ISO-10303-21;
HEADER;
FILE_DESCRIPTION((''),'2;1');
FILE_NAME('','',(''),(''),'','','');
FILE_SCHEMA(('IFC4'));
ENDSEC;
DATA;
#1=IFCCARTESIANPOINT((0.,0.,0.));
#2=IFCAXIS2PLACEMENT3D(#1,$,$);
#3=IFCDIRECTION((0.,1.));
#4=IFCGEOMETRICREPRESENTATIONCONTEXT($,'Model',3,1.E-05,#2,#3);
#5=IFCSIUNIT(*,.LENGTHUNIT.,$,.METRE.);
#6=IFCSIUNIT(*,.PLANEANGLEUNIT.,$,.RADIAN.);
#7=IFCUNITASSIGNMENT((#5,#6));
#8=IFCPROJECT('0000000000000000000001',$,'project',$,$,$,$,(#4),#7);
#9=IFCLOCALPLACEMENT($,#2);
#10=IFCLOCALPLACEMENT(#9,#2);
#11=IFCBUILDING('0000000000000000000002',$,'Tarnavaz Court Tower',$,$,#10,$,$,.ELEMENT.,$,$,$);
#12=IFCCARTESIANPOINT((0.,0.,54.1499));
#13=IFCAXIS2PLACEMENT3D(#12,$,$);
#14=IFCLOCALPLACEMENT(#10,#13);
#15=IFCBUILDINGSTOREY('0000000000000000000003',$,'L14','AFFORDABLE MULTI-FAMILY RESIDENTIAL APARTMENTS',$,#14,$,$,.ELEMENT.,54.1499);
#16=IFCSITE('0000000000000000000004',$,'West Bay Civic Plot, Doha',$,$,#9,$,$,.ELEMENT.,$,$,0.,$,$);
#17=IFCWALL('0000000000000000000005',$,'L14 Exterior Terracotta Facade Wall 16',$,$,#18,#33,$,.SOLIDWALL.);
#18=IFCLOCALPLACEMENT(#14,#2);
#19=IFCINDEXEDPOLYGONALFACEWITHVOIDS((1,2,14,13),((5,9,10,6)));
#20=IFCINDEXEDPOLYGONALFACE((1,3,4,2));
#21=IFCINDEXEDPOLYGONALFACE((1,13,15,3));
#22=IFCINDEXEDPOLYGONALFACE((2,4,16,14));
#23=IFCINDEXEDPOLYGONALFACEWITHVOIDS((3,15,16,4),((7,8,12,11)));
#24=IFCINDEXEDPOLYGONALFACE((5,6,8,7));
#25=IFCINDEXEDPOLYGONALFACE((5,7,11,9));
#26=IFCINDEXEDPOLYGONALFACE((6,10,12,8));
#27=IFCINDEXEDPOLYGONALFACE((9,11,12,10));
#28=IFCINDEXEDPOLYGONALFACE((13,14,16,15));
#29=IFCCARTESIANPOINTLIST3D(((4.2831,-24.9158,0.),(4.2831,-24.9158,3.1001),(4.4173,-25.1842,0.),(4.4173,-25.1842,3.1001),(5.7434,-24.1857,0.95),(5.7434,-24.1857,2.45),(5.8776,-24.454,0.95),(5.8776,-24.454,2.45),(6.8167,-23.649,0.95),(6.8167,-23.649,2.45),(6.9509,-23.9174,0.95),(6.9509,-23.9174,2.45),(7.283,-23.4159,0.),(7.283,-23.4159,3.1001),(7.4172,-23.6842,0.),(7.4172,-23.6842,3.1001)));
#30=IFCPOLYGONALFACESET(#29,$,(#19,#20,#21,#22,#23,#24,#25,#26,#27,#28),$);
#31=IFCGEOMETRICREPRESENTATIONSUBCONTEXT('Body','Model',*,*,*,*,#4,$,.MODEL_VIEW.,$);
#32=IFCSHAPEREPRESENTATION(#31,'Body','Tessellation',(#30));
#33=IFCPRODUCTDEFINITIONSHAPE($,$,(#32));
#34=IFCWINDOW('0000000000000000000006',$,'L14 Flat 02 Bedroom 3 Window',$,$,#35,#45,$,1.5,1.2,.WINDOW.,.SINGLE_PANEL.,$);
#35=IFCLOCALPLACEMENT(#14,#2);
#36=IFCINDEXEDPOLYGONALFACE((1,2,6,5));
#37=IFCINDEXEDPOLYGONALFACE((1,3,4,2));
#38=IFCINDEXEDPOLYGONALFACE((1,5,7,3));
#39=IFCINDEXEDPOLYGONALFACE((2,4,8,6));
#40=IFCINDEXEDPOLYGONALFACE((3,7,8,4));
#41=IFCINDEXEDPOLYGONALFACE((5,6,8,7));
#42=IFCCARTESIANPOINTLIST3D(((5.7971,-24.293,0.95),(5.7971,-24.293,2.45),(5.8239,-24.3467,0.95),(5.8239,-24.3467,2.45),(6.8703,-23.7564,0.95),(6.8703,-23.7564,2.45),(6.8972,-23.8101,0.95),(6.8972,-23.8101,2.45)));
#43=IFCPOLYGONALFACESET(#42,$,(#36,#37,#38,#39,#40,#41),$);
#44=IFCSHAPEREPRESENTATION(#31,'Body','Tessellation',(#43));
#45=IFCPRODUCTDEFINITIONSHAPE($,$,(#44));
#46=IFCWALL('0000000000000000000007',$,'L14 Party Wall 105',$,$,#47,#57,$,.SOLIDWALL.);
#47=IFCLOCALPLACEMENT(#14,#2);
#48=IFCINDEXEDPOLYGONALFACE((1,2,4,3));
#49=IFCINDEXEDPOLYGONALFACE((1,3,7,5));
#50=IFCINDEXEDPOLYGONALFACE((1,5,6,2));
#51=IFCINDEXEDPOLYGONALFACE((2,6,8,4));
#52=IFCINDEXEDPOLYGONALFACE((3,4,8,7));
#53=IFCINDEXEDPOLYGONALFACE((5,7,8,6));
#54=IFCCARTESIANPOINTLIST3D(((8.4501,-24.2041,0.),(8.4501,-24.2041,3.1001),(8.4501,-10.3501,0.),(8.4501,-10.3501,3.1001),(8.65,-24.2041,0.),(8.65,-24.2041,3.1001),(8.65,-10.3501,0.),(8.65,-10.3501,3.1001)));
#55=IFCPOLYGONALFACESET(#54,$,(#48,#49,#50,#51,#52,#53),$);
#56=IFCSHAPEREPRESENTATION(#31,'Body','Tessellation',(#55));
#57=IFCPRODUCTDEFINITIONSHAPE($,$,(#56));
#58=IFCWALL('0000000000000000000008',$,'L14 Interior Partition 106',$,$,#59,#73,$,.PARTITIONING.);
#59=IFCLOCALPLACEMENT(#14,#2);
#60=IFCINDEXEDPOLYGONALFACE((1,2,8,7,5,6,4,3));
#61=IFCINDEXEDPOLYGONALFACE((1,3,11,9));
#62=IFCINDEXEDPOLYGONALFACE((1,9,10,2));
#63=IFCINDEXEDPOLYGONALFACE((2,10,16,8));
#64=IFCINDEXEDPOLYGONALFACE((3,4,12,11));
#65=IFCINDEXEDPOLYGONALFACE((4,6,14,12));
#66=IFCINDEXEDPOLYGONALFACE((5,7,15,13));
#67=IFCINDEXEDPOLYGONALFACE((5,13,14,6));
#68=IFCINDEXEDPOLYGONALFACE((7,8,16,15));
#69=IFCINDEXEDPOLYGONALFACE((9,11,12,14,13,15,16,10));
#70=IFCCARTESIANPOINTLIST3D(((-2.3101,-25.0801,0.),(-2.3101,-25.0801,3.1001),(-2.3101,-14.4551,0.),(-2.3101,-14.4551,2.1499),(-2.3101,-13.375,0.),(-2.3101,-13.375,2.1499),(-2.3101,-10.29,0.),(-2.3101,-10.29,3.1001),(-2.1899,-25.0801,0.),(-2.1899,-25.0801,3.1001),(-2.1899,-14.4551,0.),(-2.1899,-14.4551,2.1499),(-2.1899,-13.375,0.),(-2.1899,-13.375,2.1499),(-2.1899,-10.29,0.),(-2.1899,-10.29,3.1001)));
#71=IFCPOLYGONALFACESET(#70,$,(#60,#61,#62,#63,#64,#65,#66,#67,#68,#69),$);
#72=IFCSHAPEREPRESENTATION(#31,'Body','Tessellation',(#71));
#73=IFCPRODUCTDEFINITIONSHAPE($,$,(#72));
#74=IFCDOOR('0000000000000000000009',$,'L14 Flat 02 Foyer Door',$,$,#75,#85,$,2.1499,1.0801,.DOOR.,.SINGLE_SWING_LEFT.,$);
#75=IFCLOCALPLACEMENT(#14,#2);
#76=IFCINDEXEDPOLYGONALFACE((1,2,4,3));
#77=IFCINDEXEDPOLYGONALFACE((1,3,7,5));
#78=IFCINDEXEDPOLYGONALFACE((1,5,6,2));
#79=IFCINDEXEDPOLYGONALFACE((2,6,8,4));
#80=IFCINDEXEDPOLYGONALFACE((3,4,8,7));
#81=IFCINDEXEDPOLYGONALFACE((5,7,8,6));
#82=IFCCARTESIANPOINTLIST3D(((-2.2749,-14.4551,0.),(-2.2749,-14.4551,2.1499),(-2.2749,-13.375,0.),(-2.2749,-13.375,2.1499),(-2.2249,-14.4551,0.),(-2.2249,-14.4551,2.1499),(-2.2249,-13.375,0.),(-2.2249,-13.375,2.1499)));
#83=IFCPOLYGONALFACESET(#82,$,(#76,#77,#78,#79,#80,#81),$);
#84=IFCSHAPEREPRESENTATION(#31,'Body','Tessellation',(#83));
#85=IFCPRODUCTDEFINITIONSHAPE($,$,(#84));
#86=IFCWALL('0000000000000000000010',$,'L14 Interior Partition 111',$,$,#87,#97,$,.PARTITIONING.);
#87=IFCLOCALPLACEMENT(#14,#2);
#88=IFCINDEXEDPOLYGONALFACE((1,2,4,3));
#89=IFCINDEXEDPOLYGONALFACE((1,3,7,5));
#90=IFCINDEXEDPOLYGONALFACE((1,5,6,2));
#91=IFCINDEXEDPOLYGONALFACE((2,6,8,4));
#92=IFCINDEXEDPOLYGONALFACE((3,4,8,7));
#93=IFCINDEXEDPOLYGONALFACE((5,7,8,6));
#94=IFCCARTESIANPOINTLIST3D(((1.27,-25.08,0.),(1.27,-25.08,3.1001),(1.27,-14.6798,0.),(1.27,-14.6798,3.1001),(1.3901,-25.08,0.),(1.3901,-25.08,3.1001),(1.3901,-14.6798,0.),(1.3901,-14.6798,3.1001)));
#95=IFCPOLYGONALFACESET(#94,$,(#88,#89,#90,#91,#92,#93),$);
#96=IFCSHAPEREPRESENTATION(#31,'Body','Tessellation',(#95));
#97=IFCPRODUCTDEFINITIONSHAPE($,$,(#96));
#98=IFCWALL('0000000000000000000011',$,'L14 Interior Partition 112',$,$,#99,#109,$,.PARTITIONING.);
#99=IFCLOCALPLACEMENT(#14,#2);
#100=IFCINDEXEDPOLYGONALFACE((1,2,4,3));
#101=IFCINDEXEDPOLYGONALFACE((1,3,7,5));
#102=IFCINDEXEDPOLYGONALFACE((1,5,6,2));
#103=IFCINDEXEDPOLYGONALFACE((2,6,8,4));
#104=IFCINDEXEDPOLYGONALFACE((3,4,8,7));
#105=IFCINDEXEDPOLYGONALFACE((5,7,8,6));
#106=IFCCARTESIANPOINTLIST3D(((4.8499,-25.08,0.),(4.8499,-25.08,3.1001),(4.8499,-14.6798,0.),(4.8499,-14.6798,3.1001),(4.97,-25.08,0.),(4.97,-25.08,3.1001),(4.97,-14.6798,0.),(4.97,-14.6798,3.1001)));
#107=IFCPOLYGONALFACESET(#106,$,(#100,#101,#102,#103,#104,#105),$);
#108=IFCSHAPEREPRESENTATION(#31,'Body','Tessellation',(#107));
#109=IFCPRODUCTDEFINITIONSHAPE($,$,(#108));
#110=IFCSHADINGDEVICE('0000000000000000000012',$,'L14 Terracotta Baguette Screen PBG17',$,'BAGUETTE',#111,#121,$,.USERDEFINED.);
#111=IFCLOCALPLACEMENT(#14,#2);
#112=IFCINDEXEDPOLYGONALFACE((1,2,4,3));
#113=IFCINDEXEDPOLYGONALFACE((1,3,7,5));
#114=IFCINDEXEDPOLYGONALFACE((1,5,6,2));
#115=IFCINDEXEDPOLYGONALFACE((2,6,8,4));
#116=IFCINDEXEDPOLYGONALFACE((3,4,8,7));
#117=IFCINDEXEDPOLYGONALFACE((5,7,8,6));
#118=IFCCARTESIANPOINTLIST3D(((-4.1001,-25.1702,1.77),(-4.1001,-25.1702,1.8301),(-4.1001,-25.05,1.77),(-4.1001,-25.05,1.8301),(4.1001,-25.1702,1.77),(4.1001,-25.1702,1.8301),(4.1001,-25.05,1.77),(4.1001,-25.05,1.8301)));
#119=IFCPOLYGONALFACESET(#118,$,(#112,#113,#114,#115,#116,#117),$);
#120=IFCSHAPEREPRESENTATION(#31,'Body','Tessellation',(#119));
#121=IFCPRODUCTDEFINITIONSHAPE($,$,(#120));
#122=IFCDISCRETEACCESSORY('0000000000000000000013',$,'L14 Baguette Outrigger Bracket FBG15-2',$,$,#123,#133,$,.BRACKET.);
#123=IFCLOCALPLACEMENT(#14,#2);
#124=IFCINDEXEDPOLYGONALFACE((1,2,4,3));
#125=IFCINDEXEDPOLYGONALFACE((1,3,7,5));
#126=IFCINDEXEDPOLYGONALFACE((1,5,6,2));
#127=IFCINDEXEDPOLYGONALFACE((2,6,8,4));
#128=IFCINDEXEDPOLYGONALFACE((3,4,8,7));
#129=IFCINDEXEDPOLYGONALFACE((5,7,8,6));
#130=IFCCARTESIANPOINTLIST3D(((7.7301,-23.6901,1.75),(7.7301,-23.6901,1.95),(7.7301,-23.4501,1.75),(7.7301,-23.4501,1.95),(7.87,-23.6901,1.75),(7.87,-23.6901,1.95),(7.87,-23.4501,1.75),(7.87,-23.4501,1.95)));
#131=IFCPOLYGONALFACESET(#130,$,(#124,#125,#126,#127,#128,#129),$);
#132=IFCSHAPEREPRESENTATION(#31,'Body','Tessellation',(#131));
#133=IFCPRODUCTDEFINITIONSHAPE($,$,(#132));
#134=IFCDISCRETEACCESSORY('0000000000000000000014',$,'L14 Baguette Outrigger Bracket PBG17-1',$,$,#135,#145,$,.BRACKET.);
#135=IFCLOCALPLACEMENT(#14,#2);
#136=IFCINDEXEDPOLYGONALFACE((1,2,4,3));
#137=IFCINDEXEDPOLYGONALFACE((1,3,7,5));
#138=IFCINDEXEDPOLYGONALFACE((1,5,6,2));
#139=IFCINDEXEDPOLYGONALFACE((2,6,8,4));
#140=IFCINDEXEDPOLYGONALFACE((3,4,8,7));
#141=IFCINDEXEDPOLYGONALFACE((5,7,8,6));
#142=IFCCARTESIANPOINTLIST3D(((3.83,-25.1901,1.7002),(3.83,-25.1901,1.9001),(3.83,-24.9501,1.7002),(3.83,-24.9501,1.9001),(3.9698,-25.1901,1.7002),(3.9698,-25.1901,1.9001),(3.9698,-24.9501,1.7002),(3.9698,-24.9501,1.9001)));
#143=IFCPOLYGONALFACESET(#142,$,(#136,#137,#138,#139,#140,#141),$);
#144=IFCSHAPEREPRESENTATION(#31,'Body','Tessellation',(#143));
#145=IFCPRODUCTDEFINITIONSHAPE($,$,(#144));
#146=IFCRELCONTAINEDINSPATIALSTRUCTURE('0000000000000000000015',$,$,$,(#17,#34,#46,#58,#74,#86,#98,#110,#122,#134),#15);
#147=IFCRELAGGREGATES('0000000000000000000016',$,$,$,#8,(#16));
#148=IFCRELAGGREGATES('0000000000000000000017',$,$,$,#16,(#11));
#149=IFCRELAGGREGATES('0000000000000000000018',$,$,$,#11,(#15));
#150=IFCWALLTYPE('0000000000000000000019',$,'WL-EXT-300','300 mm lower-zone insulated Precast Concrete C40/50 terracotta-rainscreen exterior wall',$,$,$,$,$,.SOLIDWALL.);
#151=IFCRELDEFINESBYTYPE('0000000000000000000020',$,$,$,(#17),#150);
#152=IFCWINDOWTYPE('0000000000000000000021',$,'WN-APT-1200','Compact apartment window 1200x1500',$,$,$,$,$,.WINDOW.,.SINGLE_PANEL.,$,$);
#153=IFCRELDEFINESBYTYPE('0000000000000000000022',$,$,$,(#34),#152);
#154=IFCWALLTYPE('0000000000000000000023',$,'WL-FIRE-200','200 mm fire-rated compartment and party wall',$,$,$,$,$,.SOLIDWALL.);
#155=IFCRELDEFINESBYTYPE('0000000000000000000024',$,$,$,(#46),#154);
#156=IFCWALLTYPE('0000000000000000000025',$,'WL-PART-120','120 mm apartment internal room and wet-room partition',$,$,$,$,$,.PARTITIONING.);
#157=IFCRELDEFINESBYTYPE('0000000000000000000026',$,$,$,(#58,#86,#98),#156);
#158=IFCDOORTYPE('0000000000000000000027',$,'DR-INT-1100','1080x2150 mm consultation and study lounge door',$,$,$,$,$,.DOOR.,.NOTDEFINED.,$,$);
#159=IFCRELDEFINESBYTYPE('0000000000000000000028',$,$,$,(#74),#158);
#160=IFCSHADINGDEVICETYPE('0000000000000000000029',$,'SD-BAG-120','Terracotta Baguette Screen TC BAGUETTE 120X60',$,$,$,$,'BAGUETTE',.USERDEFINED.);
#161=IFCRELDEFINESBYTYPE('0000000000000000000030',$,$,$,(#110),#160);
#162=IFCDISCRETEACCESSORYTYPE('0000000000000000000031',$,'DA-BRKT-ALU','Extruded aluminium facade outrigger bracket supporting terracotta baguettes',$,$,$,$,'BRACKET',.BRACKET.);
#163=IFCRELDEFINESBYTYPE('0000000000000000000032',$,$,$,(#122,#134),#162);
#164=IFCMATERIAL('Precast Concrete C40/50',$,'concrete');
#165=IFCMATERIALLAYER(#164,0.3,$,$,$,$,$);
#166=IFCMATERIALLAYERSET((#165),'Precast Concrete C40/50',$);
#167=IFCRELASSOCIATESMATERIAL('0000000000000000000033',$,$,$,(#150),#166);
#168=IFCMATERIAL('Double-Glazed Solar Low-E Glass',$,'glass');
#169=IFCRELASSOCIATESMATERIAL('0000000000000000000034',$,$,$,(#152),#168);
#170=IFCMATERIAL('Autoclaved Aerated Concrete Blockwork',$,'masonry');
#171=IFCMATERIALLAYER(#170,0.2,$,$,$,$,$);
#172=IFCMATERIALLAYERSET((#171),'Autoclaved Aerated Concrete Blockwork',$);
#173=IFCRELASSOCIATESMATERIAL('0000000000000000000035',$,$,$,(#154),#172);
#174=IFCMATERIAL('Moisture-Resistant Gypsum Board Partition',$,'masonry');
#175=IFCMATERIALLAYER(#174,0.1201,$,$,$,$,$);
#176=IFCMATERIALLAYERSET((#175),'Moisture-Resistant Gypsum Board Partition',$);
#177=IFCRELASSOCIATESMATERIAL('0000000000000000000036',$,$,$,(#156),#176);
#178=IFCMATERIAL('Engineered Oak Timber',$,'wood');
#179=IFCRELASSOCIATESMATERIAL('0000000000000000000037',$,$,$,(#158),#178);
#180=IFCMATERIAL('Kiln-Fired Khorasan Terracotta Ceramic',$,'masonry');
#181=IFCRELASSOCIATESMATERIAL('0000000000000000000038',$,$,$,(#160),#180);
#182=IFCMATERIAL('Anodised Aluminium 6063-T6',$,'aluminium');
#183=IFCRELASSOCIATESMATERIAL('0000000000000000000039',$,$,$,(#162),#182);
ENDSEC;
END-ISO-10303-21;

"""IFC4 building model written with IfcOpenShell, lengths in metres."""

from ifc_helpers import new_model, si_unit, direction, frame, frame_2d, origin, origin_2d, place, context, subcontext, project, spatial, rectangle, extrude, material, layer, layer_set, material_profile, profile_set, type_object, element, fill, save


model = new_model("IFC4")

# Units and contexts
model_context = context("Model", 3, precision=1e-05, world=origin(), true_north=direction((0.0, 1.0)))
body_context = subcontext(model_context, "Body", "Model", "MODEL_VIEW")
ifc_project = project(units=[si_unit("LENGTHUNIT", "METRE"), si_unit("PLANEANGLEUNIT", "RADIAN")], contexts=[model_context])

# Site, building, storey
site_placement = place(None, origin())
site = spatial("IfcSite", under=ifc_project, at=site_placement, Name="West Bay Civic Plot, Doha", CompositionType="ELEMENT", RefElevation=0.0)
building_placement = place(site_placement, origin())
building = spatial("IfcBuilding", under=site, at=building_placement, Name="Tarnavaz Court Tower", CompositionType="ELEMENT")
storey_placement = place(building_placement, frame((0.0, 0.0, 54.1499)))
storey = spatial("IfcBuildingStorey", under=building, at=storey_placement, Name="L14", Description="AFFORDABLE MULTI-FAMILY RESIDENTIAL APARTMENTS", CompositionType="ELEMENT", Elevation=54.1499)

# Shared definitions
ifc_material_1 = material(Name="Anodised Aluminium 6063-T6", Category="aluminium")
ifc_material_2 = material(Name="Double-Glazed Solar Low-E Glass", Category="glass")

# Wall, opening, window
ifc_material_3 = material(Name="Precast Concrete C40/50", Category="concrete")
ifc_layer_1 = layer(ifc_material_3, 0.3)
ifc_layer_set_1 = layer_set([ifc_layer_1], Name="Precast Concrete C40/50")
wall_type_1 = type_object("IfcWallType", Name="WL-EXT-300", Description="300 mm lower-zone insulated Precast Concrete C40/50 terracotta-rainscreen exterior wall", PredefinedType="SOLIDWALL", material=ifc_layer_set_1)
wall_1_placement = place(storey_placement, frame((7.3501, -23.55, 0.0), z_axis=(0.0, 0.0, 1.0), x_axis=(-0.894427, -0.447214, 0.0)))
wall_1 = element("IfcWall", 1, at=wall_1_placement, inside=storey, type_object=wall_type_1, Name="L14 Exterior Terracotta Facade Wall 16", PredefinedType="SOLIDWALL", context=body_context, shape_type="SweptSolid", body=[
    extrude(rectangle(XDim=3.354, YDim=0.3, at=frame_2d((1.677, 0.0))), origin(), (0.0, 0.0, 1.0), 3.1001),
])
opening_1_placement = place(wall_1_placement, frame((0.5212, 0.0, 0.95)))
opening_1 = element("IfcOpeningElement", 2, at=opening_1_placement, cuts=wall_1, PredefinedType="OPENING", context=body_context, shape_type="SweptSolid", body=[
    extrude(rectangle(XDim=1.2, YDim=1.5, at=frame_2d((0.6001, 0.75))), frame((0.0, 0.1599, 0.0), z_axis=(0.0, -1.0, 0.0), x_axis=(1.0, 0.0, 0.0)), (0.0, 0.0, 1.0), 0.3201),
])
window_type = type_object("IfcWindowType", Name="WN-APT-1200", Description="Compact apartment window 1200x1500", PartitioningType="SINGLE_PANEL", PredefinedType="WINDOW", material=ifc_material_2)
window_placement = place(opening_1_placement, origin())
window = element("IfcWindow", 3, at=window_placement, inside=storey, type_object=window_type, Name="L14 Flat 02 Bedroom 3 Window", OverallHeight=1.5, OverallWidth=1.2, PartitioningType="SINGLE_PANEL", PredefinedType="WINDOW", context=body_context, shape_type="SweptSolid", body=[
    extrude(rectangle(XDim=1.2, YDim=1.5, at=frame_2d((0.6001, 0.75))), frame((0.0, 0.03, 0.0), z_axis=(0.0, -1.0, 0.0), x_axis=(1.0, 0.0, 0.0)), (0.0, 0.0, 1.0), 0.0601),
])
fill(opening_1, window)

# Wall
ifc_material_4 = material(Name="Autoclaved Aerated Concrete Blockwork", Category="masonry")
ifc_layer_2 = layer(ifc_material_4, 0.2)
ifc_layer_set_2 = layer_set([ifc_layer_2], Name="Autoclaved Aerated Concrete Blockwork")
wall_type_2 = type_object("IfcWallType", Name="WL-FIRE-200", Description="200 mm fire-rated compartment and party wall", PredefinedType="SOLIDWALL", material=ifc_layer_set_2)
wall_2_placement = place(storey_placement, frame((8.55, -24.2041, 0.0), z_axis=(0.0, 0.0, 1.0), x_axis=(0.0, 1.0, 0.0)))
element("IfcWall", 4, at=wall_2_placement, inside=storey, type_object=wall_type_2, Name="L14 Party Wall 105", PredefinedType="SOLIDWALL", context=body_context, shape_type="SweptSolid", body=[
    extrude(rectangle(XDim=13.854, YDim=0.2, at=frame_2d((6.927, 0.0))), origin(), (0.0, 0.0, 1.0), 3.1001),
])

# Wall, opening, door
ifc_material_5 = material(Name="Moisture-Resistant Gypsum Board Partition", Category="masonry")
ifc_layer_3 = layer(ifc_material_5, 0.1201)
ifc_layer_set_3 = layer_set([ifc_layer_3], Name="Moisture-Resistant Gypsum Board Partition")
wall_type_3 = type_object("IfcWallType", Name="WL-PART-120", Description="120 mm apartment internal room and wet-room partition", PredefinedType="PARTITIONING", material=ifc_layer_set_3)
wall_3_placement = place(storey_placement, frame((-2.25, -25.0801, 0.0), z_axis=(0.0, 0.0, 1.0), x_axis=(0.0, 1.0, 0.0)))
wall_3 = element("IfcWall", 5, at=wall_3_placement, inside=storey, type_object=wall_type_3, Name="L14 Interior Partition 106", PredefinedType="PARTITIONING", context=body_context, shape_type="SweptSolid", body=[
    extrude(rectangle(XDim=14.79, YDim=0.1201, at=frame_2d((7.395, 0.0))), origin(), (0.0, 0.0, 1.0), 3.1001),
])
opening_2_placement = place(wall_3_placement, frame((10.625, 0.0, 0.0)))
opening_2 = element("IfcOpeningElement", 6, at=opening_2_placement, cuts=wall_3, PredefinedType="OPENING", context=body_context, shape_type="SweptSolid", body=[
    extrude(rectangle(XDim=1.0801, YDim=2.1499, at=frame_2d((0.54, 1.075))), frame((0.0, 0.0701, 0.0), z_axis=(0.0, -1.0, 0.0), x_axis=(1.0, 0.0, 0.0)), (0.0, 0.0, 1.0), 0.1401),
])
ifc_material_6 = material(Name="Engineered Oak Timber", Category="wood")
door_type = type_object("IfcDoorType", Name="DR-INT-1100", Description="1080x2150 mm consultation and study lounge door", OperationType="NOTDEFINED", PredefinedType="DOOR", material=ifc_material_6)
door_placement = place(opening_2_placement, origin())
door = element("IfcDoor", 7, at=door_placement, inside=storey, type_object=door_type, Name="L14 Flat 02 Foyer Door", OperationType="SINGLE_SWING_LEFT", OverallHeight=2.1499, OverallWidth=1.0801, PredefinedType="DOOR", context=body_context, shape_type="SweptSolid", body=[
    extrude(rectangle(XDim=1.0801, YDim=2.1499, at=frame_2d((0.54, 1.075))), frame((0.0, 0.0249, 0.0), z_axis=(0.0, -1.0, 0.0), x_axis=(1.0, 0.0, 0.0)), (0.0, 0.0, 1.0), 0.05),
])
fill(opening_2, door)

# Walls
for number, where, z_axis, x_axis, name in (
    (8, (1.3301, -25.0801, 0.0), (0.0, 0.0, 1.0), (0.0, 1.0, 0.0), "L14 Interior Partition 111"),
    (9, (4.9099, -25.0801, 0.0), (0.0, 0.0, 1.0), (0.0, 1.0, 0.0), "L14 Interior Partition 112"),
):
    element("IfcWall", number, at=place(storey_placement, frame(where, z_axis=z_axis, x_axis=x_axis)), inside=storey, type_object=wall_type_3, Name=name, PredefinedType="PARTITIONING", context=body_context, shape_type="SweptSolid", body=[
        extrude(rectangle(XDim=10.4001, YDim=0.1201, at=frame_2d((5.2002, 0.0))), origin(), (0.0, 0.0, 1.0), 3.1001),
    ])

# Shading device
ifc_material_7 = material(Name="Kiln-Fired Khorasan Terracotta Ceramic", Category="masonry")
ifc_material_profile_1 = material_profile(ifc_material_7, rectangle(XDim=0.1201, YDim=0.0601, at=origin_2d()), Name="TC BAGUETTE 120X60")
ifc_profile_set_1 = profile_set([ifc_material_profile_1], Name="Kiln-Fired Khorasan Terracotta Ceramic")
shading_device_type = type_object("IfcShadingDeviceType", Name="SD-BAG-120", Description="Terracotta Baguette Screen TC BAGUETTE 120X60", ElementType="BAGUETTE", PredefinedType="USERDEFINED", material=ifc_profile_set_1)
shading_device_placement = place(storey_placement, frame((4.1001, -25.1101, 1.8), z_axis=(-1.0, 0.0, 0.0), x_axis=(0.0, -1.0, 0.0)))
element("IfcShadingDevice", 10, at=shading_device_placement, inside=storey, type_object=shading_device_type, Name="L14 Terracotta Baguette Screen PBG17", ObjectType="BAGUETTE", PredefinedType="USERDEFINED", context=body_context, shape_type="SweptSolid", body=[
    extrude(rectangle(XDim=0.1201, YDim=0.0601, at=origin_2d()), origin(), (0.0, 0.0, 1.0), 8.2002),
])

# Discrete accessories
discrete_accessory_type = type_object("IfcDiscreteAccessoryType", Name="DA-BRKT-ALU", Description="Extruded aluminium facade outrigger bracket supporting terracotta baguettes", ElementType="BRACKET", PredefinedType="BRACKET", material=ifc_material_1)
for number, where, z_axis, x_axis, name in (
    (11, (7.8, -23.5701, 1.75), (0.0, 0.0, 1.0), (-1.0, 0.0, 0.0), "L14 Baguette Outrigger Bracket FBG15-2"),
    (12, (3.8999, -25.0701, 1.7002), (0.0, 0.0, 1.0), (-1.0, 0.0, 0.0), "L14 Baguette Outrigger Bracket PBG17-1"),
):
    element("IfcDiscreteAccessory", number, at=place(storey_placement, frame(where, z_axis=z_axis, x_axis=x_axis)), inside=storey, type_object=discrete_accessory_type, Name=name, PredefinedType="BRACKET", context=body_context, shape_type="SweptSolid", body=[
        extrude(rectangle(XDim=0.1399, YDim=0.24, at=origin_2d()), origin(), (0.0, 0.0, 1.0), 0.2),
    ])

save(model, "model.ifc")
